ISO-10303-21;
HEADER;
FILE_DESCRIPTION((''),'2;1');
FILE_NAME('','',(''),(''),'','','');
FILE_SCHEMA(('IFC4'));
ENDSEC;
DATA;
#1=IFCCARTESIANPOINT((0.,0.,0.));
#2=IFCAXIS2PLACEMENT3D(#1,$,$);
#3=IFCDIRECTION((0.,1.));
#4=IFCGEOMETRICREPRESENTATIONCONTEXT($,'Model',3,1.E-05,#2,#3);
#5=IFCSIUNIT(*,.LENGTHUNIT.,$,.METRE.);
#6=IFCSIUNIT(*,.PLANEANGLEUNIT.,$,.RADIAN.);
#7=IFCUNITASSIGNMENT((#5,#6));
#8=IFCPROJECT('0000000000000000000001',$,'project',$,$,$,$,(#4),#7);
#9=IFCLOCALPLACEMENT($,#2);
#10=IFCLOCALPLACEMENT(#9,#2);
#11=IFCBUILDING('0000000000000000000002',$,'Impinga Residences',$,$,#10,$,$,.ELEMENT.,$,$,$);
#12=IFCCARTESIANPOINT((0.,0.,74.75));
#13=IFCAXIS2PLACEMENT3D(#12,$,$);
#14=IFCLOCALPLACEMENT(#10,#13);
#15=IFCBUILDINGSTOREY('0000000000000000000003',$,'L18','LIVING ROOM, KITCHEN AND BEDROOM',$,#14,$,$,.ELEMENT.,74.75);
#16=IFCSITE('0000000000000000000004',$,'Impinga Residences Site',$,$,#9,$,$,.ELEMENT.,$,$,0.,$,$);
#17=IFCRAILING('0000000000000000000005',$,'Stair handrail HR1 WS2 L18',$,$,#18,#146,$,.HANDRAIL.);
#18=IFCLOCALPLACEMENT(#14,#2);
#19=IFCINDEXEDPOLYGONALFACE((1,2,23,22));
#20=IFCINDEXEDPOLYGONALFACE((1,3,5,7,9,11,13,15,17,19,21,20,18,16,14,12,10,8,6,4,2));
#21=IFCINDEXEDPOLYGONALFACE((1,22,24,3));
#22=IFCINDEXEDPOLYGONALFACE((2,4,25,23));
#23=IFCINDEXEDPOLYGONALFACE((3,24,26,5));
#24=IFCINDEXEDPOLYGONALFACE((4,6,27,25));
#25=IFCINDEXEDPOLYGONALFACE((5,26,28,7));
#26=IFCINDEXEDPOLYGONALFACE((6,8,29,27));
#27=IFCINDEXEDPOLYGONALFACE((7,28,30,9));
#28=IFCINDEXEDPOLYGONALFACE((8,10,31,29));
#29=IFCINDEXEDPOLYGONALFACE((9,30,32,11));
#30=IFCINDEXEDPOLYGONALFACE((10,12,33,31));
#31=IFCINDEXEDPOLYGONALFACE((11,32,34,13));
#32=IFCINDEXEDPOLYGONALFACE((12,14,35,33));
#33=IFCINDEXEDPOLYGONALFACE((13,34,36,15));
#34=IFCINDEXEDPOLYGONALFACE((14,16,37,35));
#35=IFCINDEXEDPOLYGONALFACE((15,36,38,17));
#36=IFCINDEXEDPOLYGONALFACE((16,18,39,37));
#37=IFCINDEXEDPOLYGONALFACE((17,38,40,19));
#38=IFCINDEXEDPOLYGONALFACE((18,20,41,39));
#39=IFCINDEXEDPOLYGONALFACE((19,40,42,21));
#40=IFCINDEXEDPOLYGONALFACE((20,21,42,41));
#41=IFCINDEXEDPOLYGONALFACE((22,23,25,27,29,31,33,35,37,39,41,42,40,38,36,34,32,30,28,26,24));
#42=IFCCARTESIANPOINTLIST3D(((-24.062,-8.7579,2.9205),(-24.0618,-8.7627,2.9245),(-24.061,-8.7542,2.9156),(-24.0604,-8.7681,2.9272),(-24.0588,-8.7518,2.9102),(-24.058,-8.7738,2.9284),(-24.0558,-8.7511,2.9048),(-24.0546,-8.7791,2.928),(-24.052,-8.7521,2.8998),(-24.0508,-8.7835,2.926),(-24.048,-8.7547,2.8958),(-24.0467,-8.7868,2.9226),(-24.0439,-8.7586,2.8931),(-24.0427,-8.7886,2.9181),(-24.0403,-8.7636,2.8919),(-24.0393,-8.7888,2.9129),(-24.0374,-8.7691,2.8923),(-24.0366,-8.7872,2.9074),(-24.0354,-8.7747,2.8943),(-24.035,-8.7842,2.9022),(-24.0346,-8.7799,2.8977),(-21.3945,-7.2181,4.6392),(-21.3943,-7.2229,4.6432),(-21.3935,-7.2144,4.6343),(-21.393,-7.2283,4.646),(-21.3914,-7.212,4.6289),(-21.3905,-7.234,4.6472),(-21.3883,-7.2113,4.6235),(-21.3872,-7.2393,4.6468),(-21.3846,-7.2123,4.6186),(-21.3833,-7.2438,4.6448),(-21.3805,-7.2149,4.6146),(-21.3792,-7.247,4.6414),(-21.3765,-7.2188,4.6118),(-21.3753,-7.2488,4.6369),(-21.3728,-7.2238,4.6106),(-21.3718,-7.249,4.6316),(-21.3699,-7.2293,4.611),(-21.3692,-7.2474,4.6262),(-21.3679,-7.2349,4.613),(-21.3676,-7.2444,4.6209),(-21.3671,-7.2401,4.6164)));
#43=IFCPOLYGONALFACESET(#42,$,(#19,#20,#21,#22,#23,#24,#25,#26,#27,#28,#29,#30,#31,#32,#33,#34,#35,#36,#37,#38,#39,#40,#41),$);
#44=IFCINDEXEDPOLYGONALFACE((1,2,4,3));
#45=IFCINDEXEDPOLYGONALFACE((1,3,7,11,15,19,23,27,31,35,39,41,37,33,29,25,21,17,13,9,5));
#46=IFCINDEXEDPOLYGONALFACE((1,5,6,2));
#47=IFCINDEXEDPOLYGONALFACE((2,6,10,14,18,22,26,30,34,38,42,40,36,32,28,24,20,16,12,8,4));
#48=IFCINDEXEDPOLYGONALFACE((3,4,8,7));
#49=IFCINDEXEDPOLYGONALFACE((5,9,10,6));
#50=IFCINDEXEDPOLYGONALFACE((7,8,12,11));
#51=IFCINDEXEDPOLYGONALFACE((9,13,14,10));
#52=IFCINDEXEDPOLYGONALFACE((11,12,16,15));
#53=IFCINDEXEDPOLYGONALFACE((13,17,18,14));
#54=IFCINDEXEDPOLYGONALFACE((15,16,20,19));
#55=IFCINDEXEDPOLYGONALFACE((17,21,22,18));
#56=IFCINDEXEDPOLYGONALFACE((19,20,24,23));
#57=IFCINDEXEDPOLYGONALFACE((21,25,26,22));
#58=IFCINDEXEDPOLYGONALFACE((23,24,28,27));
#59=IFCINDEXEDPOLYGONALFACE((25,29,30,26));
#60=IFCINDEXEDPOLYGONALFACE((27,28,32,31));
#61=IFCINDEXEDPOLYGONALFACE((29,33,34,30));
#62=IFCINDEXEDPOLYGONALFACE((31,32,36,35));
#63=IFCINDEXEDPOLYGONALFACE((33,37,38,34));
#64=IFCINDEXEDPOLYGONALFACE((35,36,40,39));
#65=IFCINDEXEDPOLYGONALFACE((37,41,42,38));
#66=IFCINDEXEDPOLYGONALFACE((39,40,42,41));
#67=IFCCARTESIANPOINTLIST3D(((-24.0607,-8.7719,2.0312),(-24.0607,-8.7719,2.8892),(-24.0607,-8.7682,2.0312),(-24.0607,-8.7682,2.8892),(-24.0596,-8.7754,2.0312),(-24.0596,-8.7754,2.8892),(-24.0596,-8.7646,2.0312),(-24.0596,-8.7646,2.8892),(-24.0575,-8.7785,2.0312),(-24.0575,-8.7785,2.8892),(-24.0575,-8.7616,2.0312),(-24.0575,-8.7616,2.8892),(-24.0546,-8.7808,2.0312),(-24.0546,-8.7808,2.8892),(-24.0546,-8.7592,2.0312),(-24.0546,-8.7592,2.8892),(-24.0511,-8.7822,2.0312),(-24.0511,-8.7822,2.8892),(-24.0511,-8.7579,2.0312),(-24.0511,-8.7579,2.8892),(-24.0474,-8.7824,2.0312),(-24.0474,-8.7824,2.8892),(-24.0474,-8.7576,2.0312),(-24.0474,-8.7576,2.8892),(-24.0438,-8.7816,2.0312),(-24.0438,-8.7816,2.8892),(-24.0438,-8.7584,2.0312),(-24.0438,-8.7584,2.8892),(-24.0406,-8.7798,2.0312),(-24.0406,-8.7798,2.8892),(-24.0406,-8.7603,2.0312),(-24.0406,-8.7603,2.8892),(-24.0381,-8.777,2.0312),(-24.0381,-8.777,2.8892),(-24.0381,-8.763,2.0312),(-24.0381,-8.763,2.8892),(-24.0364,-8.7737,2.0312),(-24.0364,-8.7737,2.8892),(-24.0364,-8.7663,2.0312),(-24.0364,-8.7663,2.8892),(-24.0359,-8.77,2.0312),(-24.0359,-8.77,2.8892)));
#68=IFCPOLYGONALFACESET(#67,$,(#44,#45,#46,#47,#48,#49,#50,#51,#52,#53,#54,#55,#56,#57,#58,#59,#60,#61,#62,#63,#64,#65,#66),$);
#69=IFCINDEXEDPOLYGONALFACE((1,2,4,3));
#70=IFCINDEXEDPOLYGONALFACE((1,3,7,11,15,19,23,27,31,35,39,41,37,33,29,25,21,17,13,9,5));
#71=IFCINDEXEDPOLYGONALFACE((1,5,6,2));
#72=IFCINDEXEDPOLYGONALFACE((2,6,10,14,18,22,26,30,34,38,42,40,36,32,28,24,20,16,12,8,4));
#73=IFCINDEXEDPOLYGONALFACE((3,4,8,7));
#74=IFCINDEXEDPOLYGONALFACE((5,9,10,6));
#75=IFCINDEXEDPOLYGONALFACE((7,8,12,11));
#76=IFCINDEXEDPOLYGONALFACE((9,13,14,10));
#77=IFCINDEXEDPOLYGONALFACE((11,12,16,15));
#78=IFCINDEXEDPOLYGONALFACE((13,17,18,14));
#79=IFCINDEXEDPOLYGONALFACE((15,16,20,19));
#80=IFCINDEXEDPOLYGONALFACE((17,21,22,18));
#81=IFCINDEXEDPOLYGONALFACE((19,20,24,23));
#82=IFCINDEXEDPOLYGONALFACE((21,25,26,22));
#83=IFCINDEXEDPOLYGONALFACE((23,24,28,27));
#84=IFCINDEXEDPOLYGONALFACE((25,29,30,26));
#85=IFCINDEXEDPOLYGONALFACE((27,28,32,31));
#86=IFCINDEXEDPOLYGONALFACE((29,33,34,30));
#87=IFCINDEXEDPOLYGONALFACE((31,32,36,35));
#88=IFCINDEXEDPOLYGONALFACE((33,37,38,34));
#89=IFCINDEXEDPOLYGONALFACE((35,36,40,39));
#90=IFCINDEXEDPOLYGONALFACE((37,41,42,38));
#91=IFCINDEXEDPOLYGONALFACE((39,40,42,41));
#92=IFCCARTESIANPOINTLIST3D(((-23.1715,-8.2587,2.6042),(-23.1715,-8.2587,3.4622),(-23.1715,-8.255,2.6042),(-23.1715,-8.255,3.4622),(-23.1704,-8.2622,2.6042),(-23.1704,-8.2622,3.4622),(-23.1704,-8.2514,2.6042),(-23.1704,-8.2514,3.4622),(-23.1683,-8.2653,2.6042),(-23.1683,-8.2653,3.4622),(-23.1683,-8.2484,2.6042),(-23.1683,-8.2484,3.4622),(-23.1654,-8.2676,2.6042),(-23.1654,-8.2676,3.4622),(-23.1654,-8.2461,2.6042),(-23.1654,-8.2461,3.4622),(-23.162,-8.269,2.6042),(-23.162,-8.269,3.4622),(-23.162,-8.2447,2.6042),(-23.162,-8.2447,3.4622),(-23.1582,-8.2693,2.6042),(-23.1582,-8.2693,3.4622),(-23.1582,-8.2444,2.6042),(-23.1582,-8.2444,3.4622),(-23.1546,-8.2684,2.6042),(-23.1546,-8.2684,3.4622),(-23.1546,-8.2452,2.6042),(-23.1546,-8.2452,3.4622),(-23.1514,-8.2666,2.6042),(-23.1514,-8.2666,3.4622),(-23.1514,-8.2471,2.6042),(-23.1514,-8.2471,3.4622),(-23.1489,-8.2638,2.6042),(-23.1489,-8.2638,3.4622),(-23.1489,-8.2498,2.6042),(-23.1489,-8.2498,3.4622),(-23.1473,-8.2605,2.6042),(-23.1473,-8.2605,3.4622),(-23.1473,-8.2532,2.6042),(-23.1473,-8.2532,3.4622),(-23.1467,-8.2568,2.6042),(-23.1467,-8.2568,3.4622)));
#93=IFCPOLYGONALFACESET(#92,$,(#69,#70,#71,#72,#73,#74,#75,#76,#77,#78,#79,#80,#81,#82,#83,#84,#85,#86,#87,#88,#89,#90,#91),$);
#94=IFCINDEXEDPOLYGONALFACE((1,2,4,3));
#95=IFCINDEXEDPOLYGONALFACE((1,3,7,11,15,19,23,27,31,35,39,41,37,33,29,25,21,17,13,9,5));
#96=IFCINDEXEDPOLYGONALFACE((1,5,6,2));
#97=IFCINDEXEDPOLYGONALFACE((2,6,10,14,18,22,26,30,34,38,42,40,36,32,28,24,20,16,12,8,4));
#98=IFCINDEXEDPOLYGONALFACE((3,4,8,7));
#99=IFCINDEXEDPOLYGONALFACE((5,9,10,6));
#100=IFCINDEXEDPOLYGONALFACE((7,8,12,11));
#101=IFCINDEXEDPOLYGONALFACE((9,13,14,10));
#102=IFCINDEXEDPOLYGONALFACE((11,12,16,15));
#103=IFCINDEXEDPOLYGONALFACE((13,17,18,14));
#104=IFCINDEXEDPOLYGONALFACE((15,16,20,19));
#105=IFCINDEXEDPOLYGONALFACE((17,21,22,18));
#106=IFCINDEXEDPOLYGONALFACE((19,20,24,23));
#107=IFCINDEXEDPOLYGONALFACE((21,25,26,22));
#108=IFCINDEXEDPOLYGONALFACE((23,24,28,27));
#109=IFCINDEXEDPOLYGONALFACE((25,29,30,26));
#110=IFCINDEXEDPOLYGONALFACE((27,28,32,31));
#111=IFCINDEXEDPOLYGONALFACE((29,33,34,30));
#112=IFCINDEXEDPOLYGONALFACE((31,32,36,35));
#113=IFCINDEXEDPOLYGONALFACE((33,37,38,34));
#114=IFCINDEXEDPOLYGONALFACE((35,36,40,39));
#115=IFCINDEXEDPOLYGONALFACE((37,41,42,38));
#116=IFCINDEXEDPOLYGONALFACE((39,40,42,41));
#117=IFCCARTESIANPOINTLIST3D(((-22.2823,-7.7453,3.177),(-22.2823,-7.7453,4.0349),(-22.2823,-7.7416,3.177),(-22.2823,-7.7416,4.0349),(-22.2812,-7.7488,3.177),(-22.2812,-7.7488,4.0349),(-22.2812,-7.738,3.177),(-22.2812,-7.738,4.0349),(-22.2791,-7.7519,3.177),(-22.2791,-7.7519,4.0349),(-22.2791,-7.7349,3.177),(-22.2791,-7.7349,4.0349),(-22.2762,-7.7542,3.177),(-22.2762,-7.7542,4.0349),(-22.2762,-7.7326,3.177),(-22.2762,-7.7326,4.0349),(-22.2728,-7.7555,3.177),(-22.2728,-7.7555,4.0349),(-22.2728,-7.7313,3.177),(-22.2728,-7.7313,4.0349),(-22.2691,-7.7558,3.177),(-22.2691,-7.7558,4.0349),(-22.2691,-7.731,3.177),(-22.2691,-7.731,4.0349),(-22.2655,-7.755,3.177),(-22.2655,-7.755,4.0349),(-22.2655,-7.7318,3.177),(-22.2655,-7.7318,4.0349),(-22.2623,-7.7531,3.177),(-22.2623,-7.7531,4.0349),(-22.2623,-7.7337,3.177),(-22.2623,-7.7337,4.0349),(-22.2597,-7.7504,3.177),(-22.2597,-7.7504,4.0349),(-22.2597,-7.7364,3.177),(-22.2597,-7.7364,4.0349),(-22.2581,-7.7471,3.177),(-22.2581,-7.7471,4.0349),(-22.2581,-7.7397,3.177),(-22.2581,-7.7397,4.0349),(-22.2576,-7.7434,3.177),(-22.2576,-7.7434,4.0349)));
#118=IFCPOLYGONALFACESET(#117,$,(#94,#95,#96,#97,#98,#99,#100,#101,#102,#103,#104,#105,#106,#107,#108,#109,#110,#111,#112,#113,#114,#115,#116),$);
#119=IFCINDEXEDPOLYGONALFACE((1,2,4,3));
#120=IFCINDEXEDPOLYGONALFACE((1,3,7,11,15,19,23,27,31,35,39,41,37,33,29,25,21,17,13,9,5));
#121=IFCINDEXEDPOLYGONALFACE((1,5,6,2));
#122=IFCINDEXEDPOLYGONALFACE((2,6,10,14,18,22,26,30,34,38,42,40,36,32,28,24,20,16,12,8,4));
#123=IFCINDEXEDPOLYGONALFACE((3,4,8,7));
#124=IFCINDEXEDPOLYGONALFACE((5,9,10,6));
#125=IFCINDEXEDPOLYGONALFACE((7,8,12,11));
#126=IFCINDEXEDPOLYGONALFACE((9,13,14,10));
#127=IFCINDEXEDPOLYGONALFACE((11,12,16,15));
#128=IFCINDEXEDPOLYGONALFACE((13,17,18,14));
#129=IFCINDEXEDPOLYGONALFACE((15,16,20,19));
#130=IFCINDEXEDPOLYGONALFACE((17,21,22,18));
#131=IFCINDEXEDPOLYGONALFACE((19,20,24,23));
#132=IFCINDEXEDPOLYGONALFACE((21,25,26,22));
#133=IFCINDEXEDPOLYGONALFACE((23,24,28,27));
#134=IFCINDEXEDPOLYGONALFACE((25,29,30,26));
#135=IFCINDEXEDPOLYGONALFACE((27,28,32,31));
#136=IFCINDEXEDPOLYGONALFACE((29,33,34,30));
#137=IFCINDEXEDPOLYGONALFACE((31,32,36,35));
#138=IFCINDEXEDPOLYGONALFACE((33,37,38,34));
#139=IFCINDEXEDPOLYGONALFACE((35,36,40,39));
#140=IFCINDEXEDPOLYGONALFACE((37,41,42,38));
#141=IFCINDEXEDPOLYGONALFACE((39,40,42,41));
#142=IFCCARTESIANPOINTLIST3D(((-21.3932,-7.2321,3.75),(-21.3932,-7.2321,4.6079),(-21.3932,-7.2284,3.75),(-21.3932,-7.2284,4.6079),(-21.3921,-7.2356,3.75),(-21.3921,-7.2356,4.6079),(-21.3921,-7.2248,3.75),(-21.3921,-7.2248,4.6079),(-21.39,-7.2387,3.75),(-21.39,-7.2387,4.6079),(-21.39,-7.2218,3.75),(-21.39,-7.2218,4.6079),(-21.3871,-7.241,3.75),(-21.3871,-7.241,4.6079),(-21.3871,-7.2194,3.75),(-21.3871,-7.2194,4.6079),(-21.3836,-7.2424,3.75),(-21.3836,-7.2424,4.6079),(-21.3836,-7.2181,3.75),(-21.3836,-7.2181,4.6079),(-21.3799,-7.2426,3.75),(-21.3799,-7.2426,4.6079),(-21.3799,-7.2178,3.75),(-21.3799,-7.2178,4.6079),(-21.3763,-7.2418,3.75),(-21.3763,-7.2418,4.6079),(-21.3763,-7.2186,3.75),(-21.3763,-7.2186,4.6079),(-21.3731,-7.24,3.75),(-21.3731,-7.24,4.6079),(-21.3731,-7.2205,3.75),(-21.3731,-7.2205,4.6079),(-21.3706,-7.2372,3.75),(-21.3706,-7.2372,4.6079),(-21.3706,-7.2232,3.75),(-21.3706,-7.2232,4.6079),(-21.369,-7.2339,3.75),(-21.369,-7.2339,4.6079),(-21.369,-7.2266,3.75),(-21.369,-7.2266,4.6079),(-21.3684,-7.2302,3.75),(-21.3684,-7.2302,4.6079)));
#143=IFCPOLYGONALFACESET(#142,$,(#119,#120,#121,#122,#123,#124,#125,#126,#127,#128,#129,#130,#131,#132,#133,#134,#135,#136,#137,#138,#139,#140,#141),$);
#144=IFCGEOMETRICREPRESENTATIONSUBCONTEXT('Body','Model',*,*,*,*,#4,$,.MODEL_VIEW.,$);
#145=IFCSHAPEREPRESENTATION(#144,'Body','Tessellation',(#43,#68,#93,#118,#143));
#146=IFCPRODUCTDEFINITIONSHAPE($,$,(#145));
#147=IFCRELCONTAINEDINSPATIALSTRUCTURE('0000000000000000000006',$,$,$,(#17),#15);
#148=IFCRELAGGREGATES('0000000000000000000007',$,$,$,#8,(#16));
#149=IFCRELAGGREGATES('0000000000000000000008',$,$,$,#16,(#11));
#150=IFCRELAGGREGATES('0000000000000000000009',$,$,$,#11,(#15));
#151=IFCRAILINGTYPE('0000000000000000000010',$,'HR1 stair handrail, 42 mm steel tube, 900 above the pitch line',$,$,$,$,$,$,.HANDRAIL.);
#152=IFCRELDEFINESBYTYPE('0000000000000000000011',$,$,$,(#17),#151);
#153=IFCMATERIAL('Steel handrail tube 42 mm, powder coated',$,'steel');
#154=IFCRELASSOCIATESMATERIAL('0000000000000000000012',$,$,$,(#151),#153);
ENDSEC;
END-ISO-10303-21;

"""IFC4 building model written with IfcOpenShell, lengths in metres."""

from ifc_helpers import new_model, si_unit, direction, frame, origin, origin_2d, place, context, subcontext, project, spatial, circle, extrude, material, type_object, element, save


model = new_model("IFC4")

# Units and contexts
model_context = context("Model", 3, precision=1e-05, world=origin(), true_north=direction((0.0, 1.0)))
body_context = subcontext(model_context, "Body", "Model", "MODEL_VIEW")
ifc_project = project(units=[si_unit("LENGTHUNIT", "METRE"), si_unit("PLANEANGLEUNIT", "RADIAN")], contexts=[model_context])

# Site, building, storey
site_placement = place(None, origin())
site = spatial("IfcSite", under=ifc_project, at=site_placement, Name="Impinga Residences Site", CompositionType="ELEMENT", RefElevation=0.0)
building_placement = place(site_placement, origin())
building = spatial("IfcBuilding", under=site, at=building_placement, Name="Impinga Residences", CompositionType="ELEMENT")
storey_placement = place(building_placement, frame((0.0, 0.0, 74.75)))
storey = spatial("IfcBuildingStorey", under=building, at=storey_placement, Name="L18", Description="LIVING ROOM, KITCHEN AND BEDROOM", CompositionType="ELEMENT", Elevation=74.75)

# Railing
ifc_material_1 = material(Name="Steel handrail tube 42 mm, powder coated", Category="steel")
railing_type_1 = type_object("IfcRailingType", Name="HR1 stair handrail, 42 mm steel tube, 900 above the pitch line", PredefinedType="HANDRAIL", material=ifc_material_1)
railing_1_placement = place(storey_placement, frame((-24.0483, -8.77, 2.0312)))
element("IfcRailing", 1, at=railing_1_placement, inside=storey, type_object=railing_type_1, Name="Stair handrail HR1 WS2 L18", PredefinedType="HANDRAIL", context=body_context, shape_type="SweptSolid", body=[
    extrude(circle(Radius=0.021, at=origin_2d()), frame((0.0, 0.0, 0.8789), z_axis=(0.756279, 0.43656, 0.487297), x_axis=(-0.499933, 0.866064, 0.0)), (0.0, 0.0, 1.0), 3.5271),
    extrude(circle(Radius=0.0125, at=origin_2d()), origin(), (0.0, 0.0, 1.0), 0.8579),
    extrude(circle(Radius=0.0125, at=origin_2d()), frame((0.8892, 0.5132, 0.573)), (0.0, 0.0, 1.0), 0.8579),
    extrude(circle(Radius=0.0125, at=origin_2d()), frame((1.7783, 1.0266, 1.1458)), (0.0, 0.0, 1.0), 0.8579),
    extrude(circle(Radius=0.0125, at=origin_2d()), frame((2.6675, 1.5398, 1.7188)), (0.0, 0.0, 1.0), 0.8579),
])

save(model, "model.ifc")
